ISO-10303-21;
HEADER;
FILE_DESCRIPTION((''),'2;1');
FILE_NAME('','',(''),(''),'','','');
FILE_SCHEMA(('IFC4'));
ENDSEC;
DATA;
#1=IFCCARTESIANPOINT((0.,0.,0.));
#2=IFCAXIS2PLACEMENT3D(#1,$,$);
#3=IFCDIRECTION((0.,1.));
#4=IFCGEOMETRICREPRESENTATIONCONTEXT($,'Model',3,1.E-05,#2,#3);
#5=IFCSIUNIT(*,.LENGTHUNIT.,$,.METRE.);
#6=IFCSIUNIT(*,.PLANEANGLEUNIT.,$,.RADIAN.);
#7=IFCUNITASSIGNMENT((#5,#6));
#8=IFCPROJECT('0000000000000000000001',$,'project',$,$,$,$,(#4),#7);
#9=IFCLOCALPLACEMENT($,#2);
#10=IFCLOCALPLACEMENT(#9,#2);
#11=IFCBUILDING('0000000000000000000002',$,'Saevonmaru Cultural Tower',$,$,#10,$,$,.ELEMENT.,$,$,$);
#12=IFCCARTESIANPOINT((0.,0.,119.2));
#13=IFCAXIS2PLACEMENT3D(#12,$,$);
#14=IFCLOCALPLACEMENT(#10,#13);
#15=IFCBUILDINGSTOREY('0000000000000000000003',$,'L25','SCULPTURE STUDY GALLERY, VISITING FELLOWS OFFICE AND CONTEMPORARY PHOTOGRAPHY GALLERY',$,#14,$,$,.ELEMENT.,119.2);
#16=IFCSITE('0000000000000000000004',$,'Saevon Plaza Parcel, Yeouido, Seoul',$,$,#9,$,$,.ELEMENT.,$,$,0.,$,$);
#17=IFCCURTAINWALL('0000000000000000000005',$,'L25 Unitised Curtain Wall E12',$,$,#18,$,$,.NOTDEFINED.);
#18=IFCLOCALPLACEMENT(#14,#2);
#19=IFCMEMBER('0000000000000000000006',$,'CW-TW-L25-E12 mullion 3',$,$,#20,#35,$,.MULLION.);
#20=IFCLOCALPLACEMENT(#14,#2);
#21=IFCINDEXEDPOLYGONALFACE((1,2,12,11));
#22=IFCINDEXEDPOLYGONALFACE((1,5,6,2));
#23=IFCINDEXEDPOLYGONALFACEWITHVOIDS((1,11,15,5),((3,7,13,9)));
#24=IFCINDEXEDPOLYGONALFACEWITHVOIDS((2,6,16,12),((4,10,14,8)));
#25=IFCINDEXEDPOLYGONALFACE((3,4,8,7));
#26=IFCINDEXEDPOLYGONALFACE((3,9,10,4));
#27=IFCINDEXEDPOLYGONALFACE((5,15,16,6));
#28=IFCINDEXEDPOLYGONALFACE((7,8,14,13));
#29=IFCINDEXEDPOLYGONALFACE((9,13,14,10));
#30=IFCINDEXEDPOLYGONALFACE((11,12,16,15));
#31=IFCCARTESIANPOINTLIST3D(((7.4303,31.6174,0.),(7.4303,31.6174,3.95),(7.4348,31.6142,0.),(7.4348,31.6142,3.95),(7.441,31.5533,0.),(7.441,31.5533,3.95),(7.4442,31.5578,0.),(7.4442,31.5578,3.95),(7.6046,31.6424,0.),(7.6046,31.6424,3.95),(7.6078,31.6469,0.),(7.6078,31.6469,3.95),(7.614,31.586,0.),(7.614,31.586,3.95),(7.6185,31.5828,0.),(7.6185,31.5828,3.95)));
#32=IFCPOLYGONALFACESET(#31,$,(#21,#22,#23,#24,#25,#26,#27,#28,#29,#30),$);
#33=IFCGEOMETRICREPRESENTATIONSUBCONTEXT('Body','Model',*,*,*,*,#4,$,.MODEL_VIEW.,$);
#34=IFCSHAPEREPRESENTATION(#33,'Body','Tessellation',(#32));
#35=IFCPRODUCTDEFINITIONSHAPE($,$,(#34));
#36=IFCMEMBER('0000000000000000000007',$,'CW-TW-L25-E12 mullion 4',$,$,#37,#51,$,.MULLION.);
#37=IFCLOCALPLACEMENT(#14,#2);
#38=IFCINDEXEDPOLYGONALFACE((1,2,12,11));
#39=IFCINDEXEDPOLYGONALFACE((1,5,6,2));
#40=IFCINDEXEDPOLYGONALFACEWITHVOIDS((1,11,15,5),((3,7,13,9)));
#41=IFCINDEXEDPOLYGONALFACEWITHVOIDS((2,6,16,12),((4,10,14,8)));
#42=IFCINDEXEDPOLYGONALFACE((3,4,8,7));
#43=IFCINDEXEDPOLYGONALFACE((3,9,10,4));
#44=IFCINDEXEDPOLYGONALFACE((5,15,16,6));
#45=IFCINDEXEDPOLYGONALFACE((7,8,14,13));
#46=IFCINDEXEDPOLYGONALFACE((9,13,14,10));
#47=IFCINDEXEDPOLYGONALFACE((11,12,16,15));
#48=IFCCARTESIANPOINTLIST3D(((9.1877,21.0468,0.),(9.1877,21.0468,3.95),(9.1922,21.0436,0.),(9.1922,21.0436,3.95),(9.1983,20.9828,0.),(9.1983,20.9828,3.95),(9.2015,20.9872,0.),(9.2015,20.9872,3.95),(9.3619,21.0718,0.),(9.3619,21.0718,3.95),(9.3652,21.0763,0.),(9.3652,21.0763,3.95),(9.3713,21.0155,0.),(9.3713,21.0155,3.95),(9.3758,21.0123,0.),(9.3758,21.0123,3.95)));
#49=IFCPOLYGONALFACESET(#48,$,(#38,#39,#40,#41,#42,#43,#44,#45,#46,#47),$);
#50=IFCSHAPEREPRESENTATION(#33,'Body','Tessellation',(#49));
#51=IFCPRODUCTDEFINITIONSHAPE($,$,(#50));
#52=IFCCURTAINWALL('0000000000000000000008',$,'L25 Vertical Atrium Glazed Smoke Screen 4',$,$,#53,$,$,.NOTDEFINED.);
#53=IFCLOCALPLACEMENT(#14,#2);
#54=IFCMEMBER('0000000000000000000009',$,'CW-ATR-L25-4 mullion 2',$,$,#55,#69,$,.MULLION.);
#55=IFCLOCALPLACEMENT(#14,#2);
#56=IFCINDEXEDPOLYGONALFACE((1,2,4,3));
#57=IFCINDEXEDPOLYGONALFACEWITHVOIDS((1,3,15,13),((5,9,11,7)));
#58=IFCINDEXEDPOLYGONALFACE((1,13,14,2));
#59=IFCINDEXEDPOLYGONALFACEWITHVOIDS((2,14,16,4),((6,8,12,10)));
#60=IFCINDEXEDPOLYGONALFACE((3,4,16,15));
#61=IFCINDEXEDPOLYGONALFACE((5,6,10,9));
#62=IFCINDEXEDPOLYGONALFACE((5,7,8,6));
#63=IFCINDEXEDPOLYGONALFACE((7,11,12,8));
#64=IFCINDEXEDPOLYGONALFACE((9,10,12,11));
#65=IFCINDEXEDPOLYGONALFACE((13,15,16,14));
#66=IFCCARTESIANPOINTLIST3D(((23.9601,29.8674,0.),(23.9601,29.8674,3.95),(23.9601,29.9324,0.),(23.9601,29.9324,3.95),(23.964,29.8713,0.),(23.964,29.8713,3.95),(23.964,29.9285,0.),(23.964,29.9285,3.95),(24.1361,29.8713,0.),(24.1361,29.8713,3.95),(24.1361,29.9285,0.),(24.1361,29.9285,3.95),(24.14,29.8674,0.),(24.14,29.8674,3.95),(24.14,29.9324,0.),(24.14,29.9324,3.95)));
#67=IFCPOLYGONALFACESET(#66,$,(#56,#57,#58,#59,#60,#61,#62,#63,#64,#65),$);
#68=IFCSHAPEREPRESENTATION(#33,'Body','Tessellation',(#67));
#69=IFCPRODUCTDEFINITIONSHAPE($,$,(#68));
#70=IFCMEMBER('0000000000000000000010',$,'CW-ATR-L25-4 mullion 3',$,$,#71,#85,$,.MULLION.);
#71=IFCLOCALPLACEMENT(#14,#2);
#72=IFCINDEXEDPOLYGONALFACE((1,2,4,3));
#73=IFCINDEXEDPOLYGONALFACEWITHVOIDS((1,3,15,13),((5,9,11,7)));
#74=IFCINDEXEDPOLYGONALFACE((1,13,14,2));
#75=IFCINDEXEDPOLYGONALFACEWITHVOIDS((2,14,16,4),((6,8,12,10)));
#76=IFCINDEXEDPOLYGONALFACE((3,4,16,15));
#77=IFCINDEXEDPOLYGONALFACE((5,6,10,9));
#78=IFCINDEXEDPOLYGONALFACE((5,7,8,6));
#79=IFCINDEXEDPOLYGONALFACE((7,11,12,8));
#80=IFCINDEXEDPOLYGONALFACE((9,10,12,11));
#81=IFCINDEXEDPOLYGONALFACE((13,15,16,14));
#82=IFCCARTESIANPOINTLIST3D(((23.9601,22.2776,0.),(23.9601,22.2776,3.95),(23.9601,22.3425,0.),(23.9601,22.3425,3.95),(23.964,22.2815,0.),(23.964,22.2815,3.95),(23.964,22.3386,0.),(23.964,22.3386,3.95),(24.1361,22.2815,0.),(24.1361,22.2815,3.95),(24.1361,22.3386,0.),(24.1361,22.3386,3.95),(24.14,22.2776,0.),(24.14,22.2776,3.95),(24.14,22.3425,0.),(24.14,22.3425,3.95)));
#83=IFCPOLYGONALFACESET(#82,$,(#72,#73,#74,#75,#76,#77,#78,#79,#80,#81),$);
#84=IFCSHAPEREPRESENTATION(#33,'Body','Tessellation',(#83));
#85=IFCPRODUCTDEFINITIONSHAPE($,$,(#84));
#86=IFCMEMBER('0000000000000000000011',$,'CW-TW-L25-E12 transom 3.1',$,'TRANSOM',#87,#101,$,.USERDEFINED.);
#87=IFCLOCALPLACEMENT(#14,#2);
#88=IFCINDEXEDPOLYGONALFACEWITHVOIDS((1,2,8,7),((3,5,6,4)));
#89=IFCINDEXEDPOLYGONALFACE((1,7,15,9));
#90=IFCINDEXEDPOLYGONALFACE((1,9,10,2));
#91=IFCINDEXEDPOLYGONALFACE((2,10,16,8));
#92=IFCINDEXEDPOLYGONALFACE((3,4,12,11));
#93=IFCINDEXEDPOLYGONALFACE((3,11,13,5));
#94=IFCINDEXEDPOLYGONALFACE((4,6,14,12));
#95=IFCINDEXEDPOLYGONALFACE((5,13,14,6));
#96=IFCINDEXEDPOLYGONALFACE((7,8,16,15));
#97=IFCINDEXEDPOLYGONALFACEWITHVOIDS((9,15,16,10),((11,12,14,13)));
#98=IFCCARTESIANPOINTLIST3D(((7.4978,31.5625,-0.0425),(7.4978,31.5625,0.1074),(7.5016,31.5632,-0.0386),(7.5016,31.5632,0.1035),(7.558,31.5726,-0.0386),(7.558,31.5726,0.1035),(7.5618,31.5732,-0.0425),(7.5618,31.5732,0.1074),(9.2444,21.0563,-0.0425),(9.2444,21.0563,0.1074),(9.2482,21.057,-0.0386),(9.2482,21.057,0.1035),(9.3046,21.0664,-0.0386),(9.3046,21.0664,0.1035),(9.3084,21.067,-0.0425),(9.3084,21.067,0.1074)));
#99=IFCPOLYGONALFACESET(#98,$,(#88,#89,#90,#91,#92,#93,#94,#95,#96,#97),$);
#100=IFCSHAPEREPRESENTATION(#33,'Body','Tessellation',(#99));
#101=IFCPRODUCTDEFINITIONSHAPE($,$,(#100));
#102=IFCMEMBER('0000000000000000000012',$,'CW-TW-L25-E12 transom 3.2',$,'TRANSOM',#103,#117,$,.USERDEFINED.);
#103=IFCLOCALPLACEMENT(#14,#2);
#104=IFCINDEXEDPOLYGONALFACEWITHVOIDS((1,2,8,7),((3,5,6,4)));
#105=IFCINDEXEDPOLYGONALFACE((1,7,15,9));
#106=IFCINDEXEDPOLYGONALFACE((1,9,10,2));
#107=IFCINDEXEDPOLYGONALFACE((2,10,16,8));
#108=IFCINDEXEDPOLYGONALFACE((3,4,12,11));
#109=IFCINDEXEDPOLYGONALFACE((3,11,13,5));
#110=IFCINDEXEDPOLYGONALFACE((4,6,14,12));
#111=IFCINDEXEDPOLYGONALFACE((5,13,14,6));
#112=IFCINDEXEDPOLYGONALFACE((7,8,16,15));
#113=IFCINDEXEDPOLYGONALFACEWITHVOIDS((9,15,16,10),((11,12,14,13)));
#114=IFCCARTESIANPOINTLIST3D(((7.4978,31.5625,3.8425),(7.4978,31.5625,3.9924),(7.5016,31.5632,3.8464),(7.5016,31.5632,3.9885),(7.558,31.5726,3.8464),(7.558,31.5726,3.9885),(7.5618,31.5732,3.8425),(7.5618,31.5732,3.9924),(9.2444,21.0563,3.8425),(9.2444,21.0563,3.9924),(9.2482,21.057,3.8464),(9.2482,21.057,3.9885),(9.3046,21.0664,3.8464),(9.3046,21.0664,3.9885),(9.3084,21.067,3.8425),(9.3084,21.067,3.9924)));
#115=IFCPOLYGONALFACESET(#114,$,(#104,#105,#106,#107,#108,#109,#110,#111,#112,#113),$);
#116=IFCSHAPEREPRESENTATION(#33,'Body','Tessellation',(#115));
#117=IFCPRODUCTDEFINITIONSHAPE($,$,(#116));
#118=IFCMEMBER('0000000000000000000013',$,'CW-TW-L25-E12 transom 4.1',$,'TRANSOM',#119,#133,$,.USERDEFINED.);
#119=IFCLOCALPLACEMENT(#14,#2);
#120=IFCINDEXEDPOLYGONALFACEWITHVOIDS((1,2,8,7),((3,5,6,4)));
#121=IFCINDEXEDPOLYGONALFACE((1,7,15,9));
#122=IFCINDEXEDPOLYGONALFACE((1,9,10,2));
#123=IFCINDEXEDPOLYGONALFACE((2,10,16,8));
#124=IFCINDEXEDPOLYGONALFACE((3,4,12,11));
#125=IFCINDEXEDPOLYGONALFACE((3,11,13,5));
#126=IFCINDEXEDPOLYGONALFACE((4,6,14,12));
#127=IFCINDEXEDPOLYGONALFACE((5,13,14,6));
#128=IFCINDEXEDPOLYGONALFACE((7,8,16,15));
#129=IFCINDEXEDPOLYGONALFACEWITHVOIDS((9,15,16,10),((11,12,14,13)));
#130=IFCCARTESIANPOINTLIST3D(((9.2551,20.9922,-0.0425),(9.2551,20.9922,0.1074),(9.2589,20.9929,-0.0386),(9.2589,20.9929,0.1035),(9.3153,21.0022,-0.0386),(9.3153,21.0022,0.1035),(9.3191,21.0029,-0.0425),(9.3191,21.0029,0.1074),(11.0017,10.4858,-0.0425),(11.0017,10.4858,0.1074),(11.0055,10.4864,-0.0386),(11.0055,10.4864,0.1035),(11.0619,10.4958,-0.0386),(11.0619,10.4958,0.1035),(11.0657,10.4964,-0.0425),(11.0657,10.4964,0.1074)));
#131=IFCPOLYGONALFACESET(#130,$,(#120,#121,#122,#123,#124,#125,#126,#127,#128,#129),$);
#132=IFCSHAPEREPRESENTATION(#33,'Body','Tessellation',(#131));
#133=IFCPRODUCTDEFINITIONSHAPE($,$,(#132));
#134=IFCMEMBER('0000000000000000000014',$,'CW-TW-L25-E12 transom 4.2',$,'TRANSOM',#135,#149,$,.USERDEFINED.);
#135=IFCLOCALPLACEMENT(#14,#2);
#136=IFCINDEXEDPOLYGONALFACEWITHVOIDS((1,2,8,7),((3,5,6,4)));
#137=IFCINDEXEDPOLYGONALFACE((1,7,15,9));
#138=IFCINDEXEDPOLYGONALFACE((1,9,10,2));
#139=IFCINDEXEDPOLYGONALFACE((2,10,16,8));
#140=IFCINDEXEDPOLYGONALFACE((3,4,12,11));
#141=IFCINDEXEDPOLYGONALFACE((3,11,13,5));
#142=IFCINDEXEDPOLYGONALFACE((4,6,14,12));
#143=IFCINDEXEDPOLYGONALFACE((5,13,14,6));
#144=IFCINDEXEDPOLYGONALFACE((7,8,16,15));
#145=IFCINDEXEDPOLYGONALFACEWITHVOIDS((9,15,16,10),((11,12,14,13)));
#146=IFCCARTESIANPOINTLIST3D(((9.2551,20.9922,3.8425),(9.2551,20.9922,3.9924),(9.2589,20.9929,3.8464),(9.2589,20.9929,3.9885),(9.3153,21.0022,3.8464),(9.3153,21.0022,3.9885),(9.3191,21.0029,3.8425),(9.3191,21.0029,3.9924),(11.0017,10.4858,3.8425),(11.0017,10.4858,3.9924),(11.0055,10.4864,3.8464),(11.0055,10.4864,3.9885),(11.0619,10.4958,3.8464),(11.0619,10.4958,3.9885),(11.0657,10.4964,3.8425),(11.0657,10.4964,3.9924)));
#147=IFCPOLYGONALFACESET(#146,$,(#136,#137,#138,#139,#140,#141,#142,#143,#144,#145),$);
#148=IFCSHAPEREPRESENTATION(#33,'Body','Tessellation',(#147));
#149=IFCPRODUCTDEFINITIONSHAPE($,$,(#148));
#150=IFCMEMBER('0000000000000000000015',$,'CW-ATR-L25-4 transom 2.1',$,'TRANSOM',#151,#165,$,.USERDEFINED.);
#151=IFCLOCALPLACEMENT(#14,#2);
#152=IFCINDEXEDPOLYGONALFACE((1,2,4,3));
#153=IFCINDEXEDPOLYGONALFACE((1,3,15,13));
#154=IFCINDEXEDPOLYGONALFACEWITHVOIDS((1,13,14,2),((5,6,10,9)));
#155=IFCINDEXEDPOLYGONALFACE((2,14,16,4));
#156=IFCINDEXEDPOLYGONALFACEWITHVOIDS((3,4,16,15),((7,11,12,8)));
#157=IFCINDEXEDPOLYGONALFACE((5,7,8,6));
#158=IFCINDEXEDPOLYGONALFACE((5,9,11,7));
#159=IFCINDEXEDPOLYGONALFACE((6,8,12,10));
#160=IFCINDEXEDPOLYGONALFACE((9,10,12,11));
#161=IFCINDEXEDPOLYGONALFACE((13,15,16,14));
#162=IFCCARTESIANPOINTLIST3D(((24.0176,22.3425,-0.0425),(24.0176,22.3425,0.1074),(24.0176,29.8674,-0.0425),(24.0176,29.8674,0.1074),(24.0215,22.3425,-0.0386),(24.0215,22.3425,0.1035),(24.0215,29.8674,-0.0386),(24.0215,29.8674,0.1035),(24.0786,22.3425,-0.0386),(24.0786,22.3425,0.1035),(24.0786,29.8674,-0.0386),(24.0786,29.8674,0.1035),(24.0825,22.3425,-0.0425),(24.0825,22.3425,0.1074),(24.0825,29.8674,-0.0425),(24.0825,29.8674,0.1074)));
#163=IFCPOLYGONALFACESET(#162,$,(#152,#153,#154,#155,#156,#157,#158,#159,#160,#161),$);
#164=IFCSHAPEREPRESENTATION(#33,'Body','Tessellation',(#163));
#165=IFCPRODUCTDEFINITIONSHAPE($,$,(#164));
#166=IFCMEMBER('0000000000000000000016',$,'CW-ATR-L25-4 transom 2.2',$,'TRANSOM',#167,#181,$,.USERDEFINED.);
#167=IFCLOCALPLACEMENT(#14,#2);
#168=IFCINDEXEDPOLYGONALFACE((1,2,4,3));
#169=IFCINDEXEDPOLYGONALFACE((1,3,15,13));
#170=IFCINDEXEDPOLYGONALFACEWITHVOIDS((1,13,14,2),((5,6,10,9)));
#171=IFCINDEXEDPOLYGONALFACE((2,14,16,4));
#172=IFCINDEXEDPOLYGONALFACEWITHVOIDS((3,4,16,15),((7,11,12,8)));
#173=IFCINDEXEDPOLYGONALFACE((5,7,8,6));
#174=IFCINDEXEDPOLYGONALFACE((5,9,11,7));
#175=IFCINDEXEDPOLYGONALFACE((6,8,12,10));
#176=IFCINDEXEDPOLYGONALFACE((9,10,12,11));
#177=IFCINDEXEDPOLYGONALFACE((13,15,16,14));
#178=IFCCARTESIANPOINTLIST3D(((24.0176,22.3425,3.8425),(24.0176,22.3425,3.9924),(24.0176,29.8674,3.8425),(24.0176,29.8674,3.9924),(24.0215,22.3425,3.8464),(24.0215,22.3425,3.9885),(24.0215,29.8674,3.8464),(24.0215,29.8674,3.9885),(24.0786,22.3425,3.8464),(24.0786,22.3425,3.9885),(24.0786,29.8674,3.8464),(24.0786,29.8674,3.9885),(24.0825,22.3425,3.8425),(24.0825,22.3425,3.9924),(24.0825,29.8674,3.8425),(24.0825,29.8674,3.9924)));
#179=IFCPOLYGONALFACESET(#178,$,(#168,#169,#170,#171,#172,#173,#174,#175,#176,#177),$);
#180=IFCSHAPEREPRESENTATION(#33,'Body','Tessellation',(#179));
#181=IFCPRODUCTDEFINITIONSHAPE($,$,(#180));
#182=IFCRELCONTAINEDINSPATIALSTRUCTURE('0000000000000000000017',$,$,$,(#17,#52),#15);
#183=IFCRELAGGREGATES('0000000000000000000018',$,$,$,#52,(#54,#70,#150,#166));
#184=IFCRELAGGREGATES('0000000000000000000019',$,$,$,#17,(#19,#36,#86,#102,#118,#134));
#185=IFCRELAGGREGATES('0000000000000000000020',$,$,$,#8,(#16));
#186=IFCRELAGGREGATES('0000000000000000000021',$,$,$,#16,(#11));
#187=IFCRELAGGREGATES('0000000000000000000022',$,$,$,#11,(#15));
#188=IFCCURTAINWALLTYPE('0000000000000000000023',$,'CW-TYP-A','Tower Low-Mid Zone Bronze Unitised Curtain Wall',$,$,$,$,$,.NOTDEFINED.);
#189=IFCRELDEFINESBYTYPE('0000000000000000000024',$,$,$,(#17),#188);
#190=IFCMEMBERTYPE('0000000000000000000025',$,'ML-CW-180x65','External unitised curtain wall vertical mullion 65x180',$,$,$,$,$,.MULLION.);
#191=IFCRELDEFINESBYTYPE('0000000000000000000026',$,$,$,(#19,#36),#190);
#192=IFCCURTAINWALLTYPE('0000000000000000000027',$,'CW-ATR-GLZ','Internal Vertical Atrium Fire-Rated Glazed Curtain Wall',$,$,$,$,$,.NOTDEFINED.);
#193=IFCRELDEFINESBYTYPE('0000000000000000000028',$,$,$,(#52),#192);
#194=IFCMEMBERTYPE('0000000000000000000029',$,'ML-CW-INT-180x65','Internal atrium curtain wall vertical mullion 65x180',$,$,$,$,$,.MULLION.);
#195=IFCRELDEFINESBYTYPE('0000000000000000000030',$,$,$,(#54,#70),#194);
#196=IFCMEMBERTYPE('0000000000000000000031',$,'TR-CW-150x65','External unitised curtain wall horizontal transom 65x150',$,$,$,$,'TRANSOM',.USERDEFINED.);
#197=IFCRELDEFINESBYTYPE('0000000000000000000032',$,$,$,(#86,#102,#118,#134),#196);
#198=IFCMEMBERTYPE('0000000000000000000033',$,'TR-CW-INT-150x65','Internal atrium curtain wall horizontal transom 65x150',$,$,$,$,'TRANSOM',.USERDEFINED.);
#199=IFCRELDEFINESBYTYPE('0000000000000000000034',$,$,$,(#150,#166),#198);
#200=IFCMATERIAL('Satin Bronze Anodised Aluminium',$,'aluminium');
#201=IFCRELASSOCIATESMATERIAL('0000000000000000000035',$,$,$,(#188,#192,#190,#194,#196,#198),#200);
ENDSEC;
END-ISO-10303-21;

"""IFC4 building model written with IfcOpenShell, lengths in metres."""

from ifc_helpers import new_model, si_unit, direction, frame, origin, origin_2d, place, context, subcontext, project, spatial, hollow_rectangle, extrude, material, material_profile, profile_set, type_object, element, aggregate, save


model = new_model("IFC4")

# Units and contexts
model_context = context("Model", 3, precision=1e-05, world=origin(), true_north=direction((0.0, 1.0)))
body_context = subcontext(model_context, "Body", "Model", "MODEL_VIEW")
ifc_project = project(units=[si_unit("LENGTHUNIT", "METRE"), si_unit("PLANEANGLEUNIT", "RADIAN")], contexts=[model_context])

# Site, building, storey
site_placement = place(None, origin())
site = spatial("IfcSite", under=ifc_project, at=site_placement, Name="Saevon Plaza Parcel, Yeouido, Seoul", CompositionType="ELEMENT", RefElevation=0.0)
building_placement = place(site_placement, origin())
building = spatial("IfcBuilding", under=site, at=building_placement, Name="Saevonmaru Cultural Tower", CompositionType="ELEMENT")
storey_placement = place(building_placement, frame((0.0, 0.0, 119.2)))
storey = spatial("IfcBuildingStorey", under=building, at=storey_placement, Name="L25", Description="SCULPTURE STUDY GALLERY, VISITING FELLOWS OFFICE AND CONTEMPORARY PHOTOGRAPHY GALLERY", CompositionType="ELEMENT", Elevation=119.2)

# Curtain walls, members
ifc_material_1 = material(Name="Satin Bronze Anodised Aluminium", Category="aluminium")
curtain_wall_type_1 = type_object("IfcCurtainWallType", Name="CW-TYP-A", Description="Tower Low-Mid Zone Bronze Unitised Curtain Wall", PredefinedType="NOTDEFINED", material=ifc_material_1)
curtain_wall_1_placement = place(storey_placement, origin())
curtain_wall_1 = element("IfcCurtainWall", 1, at=curtain_wall_1_placement, inside=storey, type_object=curtain_wall_type_1, Name="L25 Unitised Curtain Wall E12", PredefinedType="NOTDEFINED")
ifc_material_profile_1 = material_profile(ifc_material_1, hollow_rectangle(XDim=0.0649, YDim=0.1799, WallThickness=0.0039, at=origin_2d()), Name="ALU-MULL-180x65x4")
ifc_profile_set_1 = profile_set([ifc_material_profile_1], Name="Satin Bronze Anodised Aluminium")
member_type_1 = type_object("IfcMemberType", Name="ML-CW-180x65", Description="External unitised curtain wall vertical mullion 65x180", PredefinedType="MULLION", material=ifc_profile_set_1)
member_1_placement = place(storey_placement, frame((7.5244, 31.6001, 0.0), z_axis=(0.0, 0.0, 1.0), x_axis=(0.163999, -0.986461, 0.0)))
member_1 = element("IfcMember", 2, at=member_1_placement, type_object=member_type_1, Name="CW-TW-L25-E12 mullion 3", PredefinedType="MULLION", context=body_context, shape_type="SweptSolid", body=[
    extrude(hollow_rectangle(XDim=0.0649, YDim=0.1799, WallThickness=0.0039, at=origin_2d()), origin(), (0.0, 0.0, 1.0), 3.95),
])
member_2_placement = place(storey_placement, frame((9.2817, 21.0295, 0.0), z_axis=(0.0, 0.0, 1.0), x_axis=(0.163999, -0.986461, 0.0)))
member_2 = element("IfcMember", 3, at=member_2_placement, type_object=member_type_1, Name="CW-TW-L25-E12 mullion 4", PredefinedType="MULLION", context=body_context, shape_type="SweptSolid", body=[
    extrude(hollow_rectangle(XDim=0.0649, YDim=0.1799, WallThickness=0.0039, at=origin_2d()), origin(), (0.0, 0.0, 1.0), 3.95),
])
curtain_wall_type_2 = type_object("IfcCurtainWallType", Name="CW-ATR-GLZ", Description="Internal Vertical Atrium Fire-Rated Glazed Curtain Wall", PredefinedType="NOTDEFINED", material=ifc_material_1)
curtain_wall_2_placement = place(storey_placement, origin())
curtain_wall_2 = element("IfcCurtainWall", 4, at=curtain_wall_2_placement, inside=storey, type_object=curtain_wall_type_2, Name="L25 Vertical Atrium Glazed Smoke Screen 4", PredefinedType="NOTDEFINED")
ifc_material_profile_2 = material_profile(ifc_material_1, hollow_rectangle(XDim=0.0649, YDim=0.1799, WallThickness=0.0039, at=origin_2d()), Name="ALU-MULL-180x65x4")
ifc_profile_set_2 = profile_set([ifc_material_profile_2], Name="Satin Bronze Anodised Aluminium")
member_type_2 = type_object("IfcMemberType", Name="ML-CW-INT-180x65", Description="Internal atrium curtain wall vertical mullion 65x180", PredefinedType="MULLION", material=ifc_profile_set_2)
member_3_placement = place(storey_placement, frame((24.05, 29.8999, 0.0), z_axis=(0.0, 0.0, 1.0), x_axis=(0.0, -1.0, 0.0)))
member_3 = element("IfcMember", 5, at=member_3_placement, type_object=member_type_2, Name="CW-ATR-L25-4 mullion 2", PredefinedType="MULLION", context=body_context, shape_type="SweptSolid", body=[
    extrude(hollow_rectangle(XDim=0.0649, YDim=0.1799, WallThickness=0.0039, at=origin_2d()), origin(), (0.0, 0.0, 1.0), 3.95),
])
member_4_placement = place(storey_placement, frame((24.05, 22.3101, 0.0), z_axis=(0.0, 0.0, 1.0), x_axis=(0.0, -1.0, 0.0)))
member_4 = element("IfcMember", 6, at=member_4_placement, type_object=member_type_2, Name="CW-ATR-L25-4 mullion 3", PredefinedType="MULLION", context=body_context, shape_type="SweptSolid", body=[
    extrude(hollow_rectangle(XDim=0.0649, YDim=0.1799, WallThickness=0.0039, at=origin_2d()), origin(), (0.0, 0.0, 1.0), 3.95),
])

# Members
ifc_material_profile_3 = material_profile(ifc_material_1, hollow_rectangle(XDim=0.0649, YDim=0.1499, WallThickness=0.0039, at=origin_2d()), Name="ALU-TRAN-150x65x4")
ifc_profile_set_3 = profile_set([ifc_material_profile_3], Name="Satin Bronze Anodised Aluminium")
member_type_3 = type_object("IfcMemberType", Name="TR-CW-150x65", Description="External unitised curtain wall horizontal transom 65x150", ElementType="TRANSOM", PredefinedType="USERDEFINED", material=ifc_profile_set_3)
member_5_placement = place(storey_placement, frame((7.5298, 31.5679, 0.0325), z_axis=(0.163994, -0.986461, 0.0), x_axis=(0.986461, 0.163994, 0.0)))
member_5 = element("IfcMember", 7, at=member_5_placement, type_object=member_type_3, Name="CW-TW-L25-E12 transom 3.1", ObjectType="TRANSOM", PredefinedType="USERDEFINED", context=body_context, shape_type="SweptSolid", body=[
    extrude(hollow_rectangle(XDim=0.0649, YDim=0.1499, WallThickness=0.0039, at=origin_2d()), origin(), (0.0, 0.0, 1.0), 10.6504),
])
member_6_placement = place(storey_placement, frame((7.5298, 31.5679, 3.9175), z_axis=(0.163994, -0.986461, 0.0), x_axis=(0.986461, 0.163994, 0.0)))
member_6 = element("IfcMember", 8, at=member_6_placement, type_object=member_type_3, Name="CW-TW-L25-E12 transom 3.2", ObjectType="TRANSOM", PredefinedType="USERDEFINED", context=body_context, shape_type="SweptSolid", body=[
    extrude(hollow_rectangle(XDim=0.0649, YDim=0.1499, WallThickness=0.0039, at=origin_2d()), origin(), (0.0, 0.0, 1.0), 10.6504),
])
member_7_placement = place(storey_placement, frame((9.2871, 20.9976, 0.0325), z_axis=(0.16399, -0.986462, 0.0), x_axis=(0.986462, 0.16399, 0.0)))
member_7 = element("IfcMember", 9, at=member_7_placement, type_object=member_type_3, Name="CW-TW-L25-E12 transom 4.1", ObjectType="TRANSOM", PredefinedType="USERDEFINED", context=body_context, shape_type="SweptSolid", body=[
    extrude(hollow_rectangle(XDim=0.0649, YDim=0.1499, WallThickness=0.0039, at=origin_2d()), origin(), (0.0, 0.0, 1.0), 10.6506),
])
member_8_placement = place(storey_placement, frame((9.2871, 20.9976, 3.9175), z_axis=(0.16399, -0.986462, 0.0), x_axis=(0.986462, 0.16399, 0.0)))
member_8 = element("IfcMember", 10, at=member_8_placement, type_object=member_type_3, Name="CW-TW-L25-E12 transom 4.2", ObjectType="TRANSOM", PredefinedType="USERDEFINED", context=body_context, shape_type="SweptSolid", body=[
    extrude(hollow_rectangle(XDim=0.0649, YDim=0.1499, WallThickness=0.0039, at=origin_2d()), origin(), (0.0, 0.0, 1.0), 10.6506),
])
ifc_material_profile_4 = material_profile(ifc_material_1, hollow_rectangle(XDim=0.0649, YDim=0.1499, WallThickness=0.0039, at=origin_2d()), Name="ALU-TRAN-150x65x4")
ifc_profile_set_4 = profile_set([ifc_material_profile_4], Name="Satin Bronze Anodised Aluminium")
member_type_4 = type_object("IfcMemberType", Name="TR-CW-INT-150x65", Description="Internal atrium curtain wall horizontal transom 65x150", ElementType="TRANSOM", PredefinedType="USERDEFINED", material=ifc_profile_set_4)
member_9_placement = place(storey_placement, frame((24.05, 29.8674, 0.0325), z_axis=(0.0, -1.0, 0.0), x_axis=(1.0, 0.0, 0.0)))
member_9 = element("IfcMember", 11, at=member_9_placement, type_object=member_type_4, Name="CW-ATR-L25-4 transom 2.1", ObjectType="TRANSOM", PredefinedType="USERDEFINED", context=body_context, shape_type="SweptSolid", body=[
    extrude(hollow_rectangle(XDim=0.0649, YDim=0.1499, WallThickness=0.0039, at=origin_2d()), origin(), (0.0, 0.0, 1.0), 7.5249),
])
member_10_placement = place(storey_placement, frame((24.05, 29.8674, 3.9175), z_axis=(0.0, -1.0, 0.0), x_axis=(1.0, 0.0, 0.0)))
member_10 = element("IfcMember", 12, at=member_10_placement, type_object=member_type_4, Name="CW-ATR-L25-4 transom 2.2", ObjectType="TRANSOM", PredefinedType="USERDEFINED", context=body_context, shape_type="SweptSolid", body=[
    extrude(hollow_rectangle(XDim=0.0649, YDim=0.1499, WallThickness=0.0039, at=origin_2d()), origin(), (0.0, 0.0, 1.0), 7.5249),
])

aggregate(curtain_wall_2, [member_3, member_4, member_9, member_10])
aggregate(curtain_wall_1, [member_1, member_2, member_5, member_6, member_7, member_8])

save(model, "model.ifc")
